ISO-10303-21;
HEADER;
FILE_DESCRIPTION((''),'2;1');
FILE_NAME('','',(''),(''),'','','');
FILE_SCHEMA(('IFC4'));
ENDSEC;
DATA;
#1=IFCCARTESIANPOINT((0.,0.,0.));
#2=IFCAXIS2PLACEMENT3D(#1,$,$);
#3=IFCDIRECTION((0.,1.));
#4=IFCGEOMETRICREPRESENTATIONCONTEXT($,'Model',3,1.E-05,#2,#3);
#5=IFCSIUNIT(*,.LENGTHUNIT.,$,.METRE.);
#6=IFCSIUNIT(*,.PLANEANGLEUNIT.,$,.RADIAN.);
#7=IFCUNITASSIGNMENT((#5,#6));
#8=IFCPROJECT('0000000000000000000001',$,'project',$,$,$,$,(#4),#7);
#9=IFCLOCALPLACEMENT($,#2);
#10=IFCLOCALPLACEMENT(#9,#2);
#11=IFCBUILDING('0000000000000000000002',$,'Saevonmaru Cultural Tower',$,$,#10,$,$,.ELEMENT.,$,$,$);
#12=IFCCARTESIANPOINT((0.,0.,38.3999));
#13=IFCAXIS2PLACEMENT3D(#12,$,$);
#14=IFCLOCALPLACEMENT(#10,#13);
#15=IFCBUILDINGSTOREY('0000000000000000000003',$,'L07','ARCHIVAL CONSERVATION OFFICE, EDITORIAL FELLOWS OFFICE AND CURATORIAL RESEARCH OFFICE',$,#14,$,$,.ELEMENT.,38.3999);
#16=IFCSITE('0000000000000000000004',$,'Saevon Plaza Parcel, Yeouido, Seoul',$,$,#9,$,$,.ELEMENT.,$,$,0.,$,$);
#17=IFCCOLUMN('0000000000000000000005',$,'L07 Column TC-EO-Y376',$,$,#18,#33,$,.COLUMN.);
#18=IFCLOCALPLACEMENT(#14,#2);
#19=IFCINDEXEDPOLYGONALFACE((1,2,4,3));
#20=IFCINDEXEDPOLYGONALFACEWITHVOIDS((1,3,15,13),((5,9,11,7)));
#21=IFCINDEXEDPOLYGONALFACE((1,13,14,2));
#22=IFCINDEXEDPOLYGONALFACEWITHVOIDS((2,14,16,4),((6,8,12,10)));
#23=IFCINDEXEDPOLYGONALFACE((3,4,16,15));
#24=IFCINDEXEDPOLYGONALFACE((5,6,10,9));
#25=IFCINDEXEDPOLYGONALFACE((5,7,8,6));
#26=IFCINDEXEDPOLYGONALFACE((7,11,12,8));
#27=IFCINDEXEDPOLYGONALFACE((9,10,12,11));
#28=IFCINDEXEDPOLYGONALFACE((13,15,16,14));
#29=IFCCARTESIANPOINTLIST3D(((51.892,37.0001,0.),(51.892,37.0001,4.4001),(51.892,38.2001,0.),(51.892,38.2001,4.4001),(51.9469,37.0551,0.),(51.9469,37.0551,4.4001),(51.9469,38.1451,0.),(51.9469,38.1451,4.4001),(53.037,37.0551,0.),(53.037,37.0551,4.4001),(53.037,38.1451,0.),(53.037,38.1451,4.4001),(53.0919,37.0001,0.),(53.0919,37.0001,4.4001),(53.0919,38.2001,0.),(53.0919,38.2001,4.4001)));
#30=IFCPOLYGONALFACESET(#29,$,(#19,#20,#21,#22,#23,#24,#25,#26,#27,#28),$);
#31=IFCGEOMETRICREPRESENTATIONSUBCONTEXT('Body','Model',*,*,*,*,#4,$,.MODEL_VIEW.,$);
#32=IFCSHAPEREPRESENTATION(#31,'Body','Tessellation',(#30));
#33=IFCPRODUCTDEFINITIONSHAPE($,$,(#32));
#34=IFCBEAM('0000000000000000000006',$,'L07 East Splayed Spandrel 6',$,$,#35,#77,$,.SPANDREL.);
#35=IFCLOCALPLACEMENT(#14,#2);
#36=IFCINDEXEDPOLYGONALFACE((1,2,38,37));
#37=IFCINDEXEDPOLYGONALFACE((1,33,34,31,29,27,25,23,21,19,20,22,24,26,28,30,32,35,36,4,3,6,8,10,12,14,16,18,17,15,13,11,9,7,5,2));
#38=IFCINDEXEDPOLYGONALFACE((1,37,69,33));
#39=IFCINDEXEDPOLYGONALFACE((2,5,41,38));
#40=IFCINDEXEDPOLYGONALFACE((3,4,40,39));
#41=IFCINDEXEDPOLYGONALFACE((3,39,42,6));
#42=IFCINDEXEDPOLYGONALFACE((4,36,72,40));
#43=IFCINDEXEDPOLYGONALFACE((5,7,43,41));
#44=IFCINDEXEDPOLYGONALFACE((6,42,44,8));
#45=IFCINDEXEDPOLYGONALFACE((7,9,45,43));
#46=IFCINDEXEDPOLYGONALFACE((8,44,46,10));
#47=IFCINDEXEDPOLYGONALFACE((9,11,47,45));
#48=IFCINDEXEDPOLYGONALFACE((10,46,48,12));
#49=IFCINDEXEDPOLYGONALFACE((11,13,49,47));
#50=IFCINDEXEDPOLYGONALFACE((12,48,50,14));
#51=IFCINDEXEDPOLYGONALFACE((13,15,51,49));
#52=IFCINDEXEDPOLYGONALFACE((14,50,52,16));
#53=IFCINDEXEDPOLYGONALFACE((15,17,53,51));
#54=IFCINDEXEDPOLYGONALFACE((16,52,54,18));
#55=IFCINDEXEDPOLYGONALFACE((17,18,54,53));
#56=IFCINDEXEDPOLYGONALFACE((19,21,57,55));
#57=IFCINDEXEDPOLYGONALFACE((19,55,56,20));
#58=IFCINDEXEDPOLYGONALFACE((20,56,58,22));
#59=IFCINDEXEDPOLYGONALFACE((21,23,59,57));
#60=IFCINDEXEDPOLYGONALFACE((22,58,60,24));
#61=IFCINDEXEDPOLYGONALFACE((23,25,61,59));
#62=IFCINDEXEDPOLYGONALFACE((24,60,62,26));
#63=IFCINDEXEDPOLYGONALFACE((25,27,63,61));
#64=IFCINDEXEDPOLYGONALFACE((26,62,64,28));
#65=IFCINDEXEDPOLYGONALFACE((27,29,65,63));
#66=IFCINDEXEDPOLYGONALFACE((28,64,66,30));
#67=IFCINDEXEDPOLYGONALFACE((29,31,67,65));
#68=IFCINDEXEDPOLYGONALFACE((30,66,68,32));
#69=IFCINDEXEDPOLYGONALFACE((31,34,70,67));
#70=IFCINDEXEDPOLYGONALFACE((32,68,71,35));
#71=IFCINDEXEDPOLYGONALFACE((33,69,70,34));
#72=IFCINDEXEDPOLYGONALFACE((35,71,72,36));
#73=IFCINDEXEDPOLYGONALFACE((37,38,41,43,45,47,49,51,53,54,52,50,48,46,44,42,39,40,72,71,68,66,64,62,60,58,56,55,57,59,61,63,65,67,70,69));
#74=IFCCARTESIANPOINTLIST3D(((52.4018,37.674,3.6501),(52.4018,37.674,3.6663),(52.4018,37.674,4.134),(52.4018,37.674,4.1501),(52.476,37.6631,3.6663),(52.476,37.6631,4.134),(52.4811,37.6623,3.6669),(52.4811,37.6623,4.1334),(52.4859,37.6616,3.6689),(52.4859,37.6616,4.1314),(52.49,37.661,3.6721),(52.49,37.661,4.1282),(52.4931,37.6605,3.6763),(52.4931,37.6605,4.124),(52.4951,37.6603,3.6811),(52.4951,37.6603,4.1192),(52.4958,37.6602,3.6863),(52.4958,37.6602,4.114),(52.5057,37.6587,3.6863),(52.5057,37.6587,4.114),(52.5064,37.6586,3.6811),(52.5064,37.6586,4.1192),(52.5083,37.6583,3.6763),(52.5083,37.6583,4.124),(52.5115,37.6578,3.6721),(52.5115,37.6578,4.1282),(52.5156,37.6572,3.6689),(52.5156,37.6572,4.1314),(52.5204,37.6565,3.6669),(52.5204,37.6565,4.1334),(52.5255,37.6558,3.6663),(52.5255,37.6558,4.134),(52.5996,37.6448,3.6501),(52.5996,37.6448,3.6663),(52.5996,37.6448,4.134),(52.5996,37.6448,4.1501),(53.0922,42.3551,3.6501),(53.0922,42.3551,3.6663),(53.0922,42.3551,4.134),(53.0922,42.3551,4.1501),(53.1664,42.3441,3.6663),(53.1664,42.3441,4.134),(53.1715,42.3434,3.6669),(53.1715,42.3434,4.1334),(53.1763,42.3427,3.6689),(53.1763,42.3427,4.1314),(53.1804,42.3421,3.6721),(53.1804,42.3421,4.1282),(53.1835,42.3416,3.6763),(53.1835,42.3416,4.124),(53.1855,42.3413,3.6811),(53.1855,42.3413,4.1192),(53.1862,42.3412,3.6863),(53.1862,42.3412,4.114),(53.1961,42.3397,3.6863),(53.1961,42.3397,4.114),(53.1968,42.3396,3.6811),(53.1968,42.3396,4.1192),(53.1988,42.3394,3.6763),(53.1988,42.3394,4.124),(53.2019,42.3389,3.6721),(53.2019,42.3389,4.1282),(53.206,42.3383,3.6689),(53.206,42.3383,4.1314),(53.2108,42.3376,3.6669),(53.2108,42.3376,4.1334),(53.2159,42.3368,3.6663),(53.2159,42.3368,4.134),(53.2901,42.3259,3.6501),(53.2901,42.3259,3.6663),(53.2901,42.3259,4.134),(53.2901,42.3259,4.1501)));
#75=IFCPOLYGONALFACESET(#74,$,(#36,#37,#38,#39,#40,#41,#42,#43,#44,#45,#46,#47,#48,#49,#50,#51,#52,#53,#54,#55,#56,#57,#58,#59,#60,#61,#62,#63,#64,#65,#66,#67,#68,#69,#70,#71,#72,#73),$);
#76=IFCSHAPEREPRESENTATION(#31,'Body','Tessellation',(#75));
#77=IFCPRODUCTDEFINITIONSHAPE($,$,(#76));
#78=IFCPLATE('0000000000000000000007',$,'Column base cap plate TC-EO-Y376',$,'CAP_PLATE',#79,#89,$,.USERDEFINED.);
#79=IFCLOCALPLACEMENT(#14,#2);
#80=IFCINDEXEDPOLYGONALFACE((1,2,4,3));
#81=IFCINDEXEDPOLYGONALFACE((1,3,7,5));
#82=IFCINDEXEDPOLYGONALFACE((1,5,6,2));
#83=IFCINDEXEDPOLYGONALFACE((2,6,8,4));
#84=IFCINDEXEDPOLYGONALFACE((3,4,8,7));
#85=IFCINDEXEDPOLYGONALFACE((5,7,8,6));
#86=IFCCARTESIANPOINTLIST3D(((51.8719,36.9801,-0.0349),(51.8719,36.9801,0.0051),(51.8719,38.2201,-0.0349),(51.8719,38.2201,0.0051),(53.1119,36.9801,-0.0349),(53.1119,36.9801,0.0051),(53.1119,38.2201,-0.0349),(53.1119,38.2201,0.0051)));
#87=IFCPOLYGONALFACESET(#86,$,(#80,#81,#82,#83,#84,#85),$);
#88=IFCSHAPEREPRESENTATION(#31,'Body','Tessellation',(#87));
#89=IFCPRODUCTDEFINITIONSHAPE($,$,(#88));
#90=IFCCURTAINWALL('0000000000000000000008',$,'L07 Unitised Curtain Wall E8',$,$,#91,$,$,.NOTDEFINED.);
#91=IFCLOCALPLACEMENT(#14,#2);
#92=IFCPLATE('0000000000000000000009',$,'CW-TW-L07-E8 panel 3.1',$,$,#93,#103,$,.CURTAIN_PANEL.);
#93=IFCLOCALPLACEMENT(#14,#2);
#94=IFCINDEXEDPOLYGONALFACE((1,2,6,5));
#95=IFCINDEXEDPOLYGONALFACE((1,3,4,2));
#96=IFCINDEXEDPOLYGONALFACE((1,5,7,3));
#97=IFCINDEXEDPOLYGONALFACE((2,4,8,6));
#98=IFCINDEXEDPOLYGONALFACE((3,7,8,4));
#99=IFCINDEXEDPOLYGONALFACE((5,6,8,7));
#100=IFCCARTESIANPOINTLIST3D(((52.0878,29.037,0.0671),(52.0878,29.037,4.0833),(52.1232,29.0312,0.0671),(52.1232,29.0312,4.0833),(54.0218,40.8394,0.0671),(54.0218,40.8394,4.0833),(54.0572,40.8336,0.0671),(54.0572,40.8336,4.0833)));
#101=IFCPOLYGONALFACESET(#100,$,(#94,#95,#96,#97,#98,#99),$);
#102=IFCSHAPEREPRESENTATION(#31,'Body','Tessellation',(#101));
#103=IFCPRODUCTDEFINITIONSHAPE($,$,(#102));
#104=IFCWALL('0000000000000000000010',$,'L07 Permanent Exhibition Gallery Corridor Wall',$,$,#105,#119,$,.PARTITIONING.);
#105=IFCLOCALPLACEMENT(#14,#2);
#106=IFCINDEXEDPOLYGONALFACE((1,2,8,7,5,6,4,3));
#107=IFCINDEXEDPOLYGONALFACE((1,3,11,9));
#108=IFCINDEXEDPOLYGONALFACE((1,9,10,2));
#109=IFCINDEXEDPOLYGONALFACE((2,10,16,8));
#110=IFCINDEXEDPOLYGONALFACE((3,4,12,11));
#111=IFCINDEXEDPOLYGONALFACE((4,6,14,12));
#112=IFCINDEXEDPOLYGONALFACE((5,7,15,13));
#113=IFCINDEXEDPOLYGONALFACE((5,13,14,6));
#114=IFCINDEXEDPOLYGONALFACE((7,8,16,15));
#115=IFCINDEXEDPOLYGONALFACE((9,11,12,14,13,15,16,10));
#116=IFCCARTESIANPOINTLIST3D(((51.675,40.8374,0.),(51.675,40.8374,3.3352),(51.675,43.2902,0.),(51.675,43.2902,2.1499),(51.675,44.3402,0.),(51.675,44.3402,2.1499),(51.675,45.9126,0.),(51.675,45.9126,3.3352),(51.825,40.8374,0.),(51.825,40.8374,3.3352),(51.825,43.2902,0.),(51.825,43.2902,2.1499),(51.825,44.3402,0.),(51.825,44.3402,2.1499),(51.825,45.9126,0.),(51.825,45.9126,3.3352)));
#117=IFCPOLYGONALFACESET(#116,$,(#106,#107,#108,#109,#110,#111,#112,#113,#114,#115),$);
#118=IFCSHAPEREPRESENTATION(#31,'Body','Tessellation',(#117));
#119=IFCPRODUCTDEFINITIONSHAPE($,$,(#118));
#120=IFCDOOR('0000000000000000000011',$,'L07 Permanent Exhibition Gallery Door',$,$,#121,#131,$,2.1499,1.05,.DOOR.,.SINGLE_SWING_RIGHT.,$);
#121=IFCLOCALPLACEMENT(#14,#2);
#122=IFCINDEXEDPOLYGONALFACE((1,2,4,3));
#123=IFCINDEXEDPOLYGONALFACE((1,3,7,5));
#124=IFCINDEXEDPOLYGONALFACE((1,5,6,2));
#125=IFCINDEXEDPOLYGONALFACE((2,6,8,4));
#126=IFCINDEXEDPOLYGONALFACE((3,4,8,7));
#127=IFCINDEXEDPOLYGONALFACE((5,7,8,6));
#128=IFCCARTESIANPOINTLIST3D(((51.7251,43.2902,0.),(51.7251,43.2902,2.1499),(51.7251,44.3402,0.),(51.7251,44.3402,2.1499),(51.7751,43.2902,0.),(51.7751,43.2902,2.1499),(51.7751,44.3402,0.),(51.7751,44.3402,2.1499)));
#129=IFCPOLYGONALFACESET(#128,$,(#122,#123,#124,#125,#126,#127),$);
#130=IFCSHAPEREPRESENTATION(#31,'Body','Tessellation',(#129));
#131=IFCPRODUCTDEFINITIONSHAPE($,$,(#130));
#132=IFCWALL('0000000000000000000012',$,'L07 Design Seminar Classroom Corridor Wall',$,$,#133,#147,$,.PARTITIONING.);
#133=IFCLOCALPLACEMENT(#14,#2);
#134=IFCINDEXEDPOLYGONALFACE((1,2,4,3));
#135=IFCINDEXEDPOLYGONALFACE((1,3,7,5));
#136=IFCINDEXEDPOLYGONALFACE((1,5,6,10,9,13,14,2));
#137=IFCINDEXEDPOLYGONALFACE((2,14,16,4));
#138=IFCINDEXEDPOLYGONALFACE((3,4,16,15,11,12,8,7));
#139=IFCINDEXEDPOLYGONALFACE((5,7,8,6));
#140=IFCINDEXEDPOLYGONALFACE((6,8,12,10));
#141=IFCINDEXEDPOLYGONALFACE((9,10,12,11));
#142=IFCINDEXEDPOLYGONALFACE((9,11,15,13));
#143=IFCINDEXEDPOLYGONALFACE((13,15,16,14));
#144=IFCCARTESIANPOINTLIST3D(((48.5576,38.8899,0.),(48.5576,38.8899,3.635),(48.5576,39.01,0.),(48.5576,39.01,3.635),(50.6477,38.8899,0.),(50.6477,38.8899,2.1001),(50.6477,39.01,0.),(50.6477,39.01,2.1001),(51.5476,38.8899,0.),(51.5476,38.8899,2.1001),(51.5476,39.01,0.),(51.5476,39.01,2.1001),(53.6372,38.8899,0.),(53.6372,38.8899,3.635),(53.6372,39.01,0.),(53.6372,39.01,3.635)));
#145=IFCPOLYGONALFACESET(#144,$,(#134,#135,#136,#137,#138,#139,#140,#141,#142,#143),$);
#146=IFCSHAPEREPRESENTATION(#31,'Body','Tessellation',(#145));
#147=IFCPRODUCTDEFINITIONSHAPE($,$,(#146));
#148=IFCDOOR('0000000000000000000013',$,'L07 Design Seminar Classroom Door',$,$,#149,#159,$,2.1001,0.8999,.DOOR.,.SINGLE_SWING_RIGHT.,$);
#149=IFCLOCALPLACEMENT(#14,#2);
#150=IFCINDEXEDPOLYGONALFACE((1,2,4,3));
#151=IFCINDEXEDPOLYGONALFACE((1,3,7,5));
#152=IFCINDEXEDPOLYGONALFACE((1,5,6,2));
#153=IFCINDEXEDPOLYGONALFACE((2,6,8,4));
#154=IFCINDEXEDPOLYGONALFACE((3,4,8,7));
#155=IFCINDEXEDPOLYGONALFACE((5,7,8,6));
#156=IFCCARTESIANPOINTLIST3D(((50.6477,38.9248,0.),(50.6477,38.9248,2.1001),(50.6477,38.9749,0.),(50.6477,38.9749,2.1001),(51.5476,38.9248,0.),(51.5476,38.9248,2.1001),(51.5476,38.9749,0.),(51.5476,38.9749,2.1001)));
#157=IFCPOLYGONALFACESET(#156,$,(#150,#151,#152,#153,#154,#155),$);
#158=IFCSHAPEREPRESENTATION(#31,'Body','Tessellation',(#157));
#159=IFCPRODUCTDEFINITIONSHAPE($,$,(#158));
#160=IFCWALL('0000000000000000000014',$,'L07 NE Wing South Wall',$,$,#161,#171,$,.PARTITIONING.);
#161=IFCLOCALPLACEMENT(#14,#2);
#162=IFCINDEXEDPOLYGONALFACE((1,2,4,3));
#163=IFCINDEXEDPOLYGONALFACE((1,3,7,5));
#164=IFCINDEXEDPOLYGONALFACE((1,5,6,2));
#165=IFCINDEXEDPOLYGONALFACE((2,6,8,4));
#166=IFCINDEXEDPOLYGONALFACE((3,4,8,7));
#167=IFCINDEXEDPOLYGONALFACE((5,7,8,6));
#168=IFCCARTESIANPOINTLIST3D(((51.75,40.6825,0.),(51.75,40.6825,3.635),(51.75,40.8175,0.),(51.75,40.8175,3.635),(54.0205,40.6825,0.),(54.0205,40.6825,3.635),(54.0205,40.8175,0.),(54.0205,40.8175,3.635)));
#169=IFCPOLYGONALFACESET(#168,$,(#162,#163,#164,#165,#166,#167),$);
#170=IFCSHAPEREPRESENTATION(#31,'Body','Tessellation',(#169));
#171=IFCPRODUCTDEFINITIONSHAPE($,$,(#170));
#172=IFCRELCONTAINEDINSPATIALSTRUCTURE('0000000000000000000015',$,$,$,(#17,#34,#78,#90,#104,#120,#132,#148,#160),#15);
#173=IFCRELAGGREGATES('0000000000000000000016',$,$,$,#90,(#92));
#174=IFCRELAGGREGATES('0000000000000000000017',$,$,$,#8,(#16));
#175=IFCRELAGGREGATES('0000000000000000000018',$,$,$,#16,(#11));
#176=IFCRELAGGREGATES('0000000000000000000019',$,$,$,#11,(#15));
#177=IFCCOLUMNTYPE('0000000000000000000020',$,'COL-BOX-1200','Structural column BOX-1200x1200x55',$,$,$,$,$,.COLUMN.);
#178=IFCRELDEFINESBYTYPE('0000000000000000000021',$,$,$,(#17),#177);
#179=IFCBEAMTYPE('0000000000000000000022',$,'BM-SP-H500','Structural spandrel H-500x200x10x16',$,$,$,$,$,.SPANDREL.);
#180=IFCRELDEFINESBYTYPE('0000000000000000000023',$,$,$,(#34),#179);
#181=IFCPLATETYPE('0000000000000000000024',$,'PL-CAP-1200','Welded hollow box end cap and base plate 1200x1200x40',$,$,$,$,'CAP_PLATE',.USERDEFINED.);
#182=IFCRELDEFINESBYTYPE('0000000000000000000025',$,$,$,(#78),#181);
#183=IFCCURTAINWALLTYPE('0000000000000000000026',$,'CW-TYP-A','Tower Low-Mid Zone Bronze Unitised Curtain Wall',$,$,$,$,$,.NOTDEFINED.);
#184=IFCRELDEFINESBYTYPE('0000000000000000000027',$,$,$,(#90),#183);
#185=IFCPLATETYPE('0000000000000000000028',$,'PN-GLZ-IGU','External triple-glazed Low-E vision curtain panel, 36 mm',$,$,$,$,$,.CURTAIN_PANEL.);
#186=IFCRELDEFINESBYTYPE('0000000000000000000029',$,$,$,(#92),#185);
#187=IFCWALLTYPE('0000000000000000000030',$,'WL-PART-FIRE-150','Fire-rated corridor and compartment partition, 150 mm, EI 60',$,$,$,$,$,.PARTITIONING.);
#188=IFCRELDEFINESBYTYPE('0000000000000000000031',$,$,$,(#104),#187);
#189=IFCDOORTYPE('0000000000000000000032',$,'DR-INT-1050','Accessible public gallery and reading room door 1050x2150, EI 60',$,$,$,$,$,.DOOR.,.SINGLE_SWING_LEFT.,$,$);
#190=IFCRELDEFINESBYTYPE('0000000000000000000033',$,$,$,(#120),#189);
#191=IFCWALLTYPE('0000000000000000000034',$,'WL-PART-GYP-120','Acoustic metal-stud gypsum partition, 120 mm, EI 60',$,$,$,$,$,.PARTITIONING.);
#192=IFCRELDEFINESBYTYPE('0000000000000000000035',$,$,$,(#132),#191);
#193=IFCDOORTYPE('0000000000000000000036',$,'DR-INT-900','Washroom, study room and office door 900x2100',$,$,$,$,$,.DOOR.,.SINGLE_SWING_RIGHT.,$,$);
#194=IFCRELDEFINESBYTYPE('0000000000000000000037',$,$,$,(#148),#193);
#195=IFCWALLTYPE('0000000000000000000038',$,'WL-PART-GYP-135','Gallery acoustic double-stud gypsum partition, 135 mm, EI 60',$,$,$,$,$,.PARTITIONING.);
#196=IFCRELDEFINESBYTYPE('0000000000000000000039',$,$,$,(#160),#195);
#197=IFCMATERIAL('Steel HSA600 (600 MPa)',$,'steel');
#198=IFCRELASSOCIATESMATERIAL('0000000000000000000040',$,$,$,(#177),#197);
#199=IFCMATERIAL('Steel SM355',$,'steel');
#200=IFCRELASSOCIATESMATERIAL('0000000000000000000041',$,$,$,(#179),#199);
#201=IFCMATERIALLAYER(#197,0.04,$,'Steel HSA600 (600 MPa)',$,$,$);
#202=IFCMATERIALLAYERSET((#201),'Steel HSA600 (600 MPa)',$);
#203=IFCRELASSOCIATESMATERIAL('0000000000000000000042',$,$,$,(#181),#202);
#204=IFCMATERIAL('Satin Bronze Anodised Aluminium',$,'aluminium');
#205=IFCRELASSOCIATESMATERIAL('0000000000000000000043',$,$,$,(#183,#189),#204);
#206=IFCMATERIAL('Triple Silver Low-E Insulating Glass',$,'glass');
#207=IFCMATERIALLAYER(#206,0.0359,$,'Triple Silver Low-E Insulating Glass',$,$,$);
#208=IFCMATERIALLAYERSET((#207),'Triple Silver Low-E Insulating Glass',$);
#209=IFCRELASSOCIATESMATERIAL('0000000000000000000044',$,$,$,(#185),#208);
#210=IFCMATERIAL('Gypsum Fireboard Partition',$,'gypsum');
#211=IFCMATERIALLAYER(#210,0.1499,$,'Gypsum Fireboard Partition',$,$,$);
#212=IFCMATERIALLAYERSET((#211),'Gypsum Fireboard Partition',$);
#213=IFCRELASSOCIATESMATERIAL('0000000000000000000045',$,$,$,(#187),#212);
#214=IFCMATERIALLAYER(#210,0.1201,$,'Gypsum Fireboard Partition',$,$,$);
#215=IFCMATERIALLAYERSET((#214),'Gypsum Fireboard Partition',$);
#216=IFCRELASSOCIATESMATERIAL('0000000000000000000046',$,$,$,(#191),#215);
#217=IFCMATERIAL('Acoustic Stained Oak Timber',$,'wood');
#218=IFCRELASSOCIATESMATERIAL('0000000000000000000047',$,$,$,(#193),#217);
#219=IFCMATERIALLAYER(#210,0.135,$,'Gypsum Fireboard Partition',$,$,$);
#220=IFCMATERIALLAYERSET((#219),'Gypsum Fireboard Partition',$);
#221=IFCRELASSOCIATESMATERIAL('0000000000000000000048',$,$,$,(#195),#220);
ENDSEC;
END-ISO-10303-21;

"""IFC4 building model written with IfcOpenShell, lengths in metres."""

from ifc_helpers import new_model, si_unit, direction, frame, frame_2d, origin, origin_2d, place, context, subcontext, project, spatial, rectangle, hollow_rectangle, i_section, extrude, material, layer, layer_set, material_profile, profile_set, type_object, element, fill, aggregate, save


model = new_model("IFC4")

# Units and contexts
model_context = context("Model", 3, precision=1e-05, world=origin(), true_north=direction((0.0, 1.0)))
body_context = subcontext(model_context, "Body", "Model", "MODEL_VIEW")
ifc_project = project(units=[si_unit("LENGTHUNIT", "METRE"), si_unit("PLANEANGLEUNIT", "RADIAN")], contexts=[model_context])

# Site, building, storey
site_placement = place(None, origin())
site = spatial("IfcSite", under=ifc_project, at=site_placement, Name="Saevon Plaza Parcel, Yeouido, Seoul", CompositionType="ELEMENT", RefElevation=0.0)
building_placement = place(site_placement, origin())
building = spatial("IfcBuilding", under=site, at=building_placement, Name="Saevonmaru Cultural Tower", CompositionType="ELEMENT")
storey_placement = place(building_placement, frame((0.0, 0.0, 38.3999)))
storey = spatial("IfcBuildingStorey", under=building, at=storey_placement, Name="L07", Description="ARCHIVAL CONSERVATION OFFICE, EDITORIAL FELLOWS OFFICE AND CURATORIAL RESEARCH OFFICE", CompositionType="ELEMENT", Elevation=38.3999)

# Column
ifc_material_1 = material(Name="Steel HSA600 (600 MPa)", Category="steel")
ifc_material_profile_1 = material_profile(ifc_material_1, hollow_rectangle(XDim=1.2, YDim=1.2, WallThickness=0.0549, at=origin_2d()), Name="BOX-1200x1200x55")
ifc_profile_set_1 = profile_set([ifc_material_profile_1], Name="Steel HSA600 (600 MPa)")
column_type = type_object("IfcColumnType", Name="COL-BOX-1200", Description="Structural column BOX-1200x1200x55", PredefinedType="COLUMN", material=ifc_profile_set_1)
column_placement = place(storey_placement, frame((52.4919, 37.6001, 0.0), z_axis=(0.0, 0.0, 1.0), x_axis=(1.0, 0.0, 0.0)))
element("IfcColumn", 1, at=column_placement, inside=storey, type_object=column_type, Name="L07 Column TC-EO-Y376", PredefinedType="COLUMN", context=body_context, shape_type="SweptSolid", body=[
    extrude(hollow_rectangle(XDim=1.2, YDim=1.2, WallThickness=0.0549, at=origin_2d()), origin(), (0.0, 0.0, 1.0), 4.4001),
])

# Beam
ifc_material_2 = material(Name="Steel SM355", Category="steel")
ifc_material_profile_2 = material_profile(ifc_material_2, i_section(OverallWidth=0.2, OverallDepth=0.5, WebThickness=0.01, FlangeThickness=0.0161, FilletRadius=0.02, at=origin_2d()), Name="H-500x200x10x16")
ifc_profile_set_2 = profile_set([ifc_material_profile_2], Name="Steel SM355")
beam_type = type_object("IfcBeamType", Name="BM-SP-H500", Description="Structural spandrel H-500x200x10x16", PredefinedType="SPANDREL", material=ifc_profile_set_2)
beam_placement = place(storey_placement, frame((52.5007, 37.6594, 3.9001), z_axis=(0.145913, 0.989297, 0.0), x_axis=(-0.989297, 0.145913, 0.0)))
element("IfcBeam", 2, at=beam_placement, inside=storey, type_object=beam_type, Name="L07 East Splayed Spandrel 6", PredefinedType="SPANDREL", context=body_context, shape_type="SweptSolid", body=[
    extrude(i_section(OverallWidth=0.2, OverallDepth=0.5, WebThickness=0.01, FlangeThickness=0.0161, FilletRadius=0.02, at=origin_2d()), origin(), (0.0, 0.0, 1.0), 4.7317),
])

# Plate
ifc_layer_1 = layer(ifc_material_1, 0.04, Name="Steel HSA600 (600 MPa)")
ifc_layer_set_1 = layer_set([ifc_layer_1], Name="Steel HSA600 (600 MPa)")
plate_type_1 = type_object("IfcPlateType", Name="PL-CAP-1200", Description="Welded hollow box end cap and base plate 1200x1200x40", ElementType="CAP_PLATE", PredefinedType="USERDEFINED", material=ifc_layer_set_1)
plate_1_placement = place(storey_placement, frame((52.4919, 37.6001, -0.0349), z_axis=(0.0, 0.0, 1.0), x_axis=(1.0, 0.0, 0.0)))
element("IfcPlate", 3, at=plate_1_placement, inside=storey, type_object=plate_type_1, Name="Column base cap plate TC-EO-Y376", ObjectType="CAP_PLATE", PredefinedType="USERDEFINED", context=body_context, shape_type="SweptSolid", body=[
    extrude(rectangle(XDim=1.24, YDim=1.24, at=origin_2d()), origin(), (0.0, 0.0, 1.0), 0.04),
])

# Curtain wall, plate
ifc_material_3 = material(Name="Satin Bronze Anodised Aluminium", Category="aluminium")
curtain_wall_type = type_object("IfcCurtainWallType", Name="CW-TYP-A", Description="Tower Low-Mid Zone Bronze Unitised Curtain Wall", PredefinedType="NOTDEFINED", material=ifc_material_3)
curtain_wall_placement = place(storey_placement, origin())
curtain_wall = element("IfcCurtainWall", 4, at=curtain_wall_placement, inside=storey, type_object=curtain_wall_type, Name="L07 Unitised Curtain Wall E8", PredefinedType="NOTDEFINED")
ifc_material_4 = material(Name="Triple Silver Low-E Insulating Glass", Category="glass")
ifc_layer_2 = layer(ifc_material_4, 0.0359, Name="Triple Silver Low-E Insulating Glass")
ifc_layer_set_2 = layer_set([ifc_layer_2], Name="Triple Silver Low-E Insulating Glass")
plate_type_2 = type_object("IfcPlateType", Name="PN-GLZ-IGU", Description="External triple-glazed Low-E vision curtain panel, 36 mm", PredefinedType="CURTAIN_PANEL", material=ifc_layer_set_2)
plate_2_placement = place(storey_placement, frame((53.0725, 34.9353, 0.0671), z_axis=(0.0, 0.0, 1.0), x_axis=(0.161709, 0.986839, 0.0)))
plate_2 = element("IfcPlate", 5, at=plate_2_placement, type_object=plate_type_2, Name="CW-TW-L07-E8 panel 3.1", PredefinedType="CURTAIN_PANEL", context=body_context, shape_type="SweptSolid", body=[
    extrude(rectangle(XDim=11.9597, YDim=0.0359, at=origin_2d()), origin(), (0.0, 0.0, 1.0), 4.0161),
])
aggregate(curtain_wall, [plate_2])

# Walls, openings, doors
ifc_material_5 = material(Name="Gypsum Fireboard Partition", Category="gypsum")
ifc_layer_3 = layer(ifc_material_5, 0.1499, Name="Gypsum Fireboard Partition")
ifc_layer_set_3 = layer_set([ifc_layer_3], Name="Gypsum Fireboard Partition")
wall_type_1 = type_object("IfcWallType", Name="WL-PART-FIRE-150", Description="Fire-rated corridor and compartment partition, 150 mm, EI 60", PredefinedType="PARTITIONING", material=ifc_layer_set_3)
wall_1_placement = place(storey_placement, frame((51.75, 40.8374, 0.0), z_axis=(0.0, 0.0, 1.0), x_axis=(0.0, 1.0, 0.0)))
wall_1 = element("IfcWall", 6, at=wall_1_placement, inside=storey, type_object=wall_type_1, Name="L07 Permanent Exhibition Gallery Corridor Wall", PredefinedType="PARTITIONING", context=body_context, shape_type="SweptSolid", body=[
    extrude(rectangle(XDim=5.0752, YDim=0.1499, at=frame_2d((2.5376, 0.0))), origin(), (0.0, 0.0, 1.0), 3.3352),
])
opening_1_placement = place(wall_1_placement, frame((2.4529, 0.0, 0.0)))
opening_1 = element("IfcOpeningElement", 7, at=opening_1_placement, cuts=wall_1, PredefinedType="OPENING", context=body_context, shape_type="SweptSolid", body=[
    extrude(rectangle(XDim=1.05, YDim=2.1499, at=frame_2d((0.5249, 1.075))), frame((0.0, 0.085, 0.0), z_axis=(0.0, -1.0, 0.0), x_axis=(1.0, 0.0, 0.0)), (0.0, 0.0, 1.0), 0.1699),
])
door_type_1 = type_object("IfcDoorType", Name="DR-INT-1050", Description="Accessible public gallery and reading room door 1050x2150, EI 60", OperationType="SINGLE_SWING_LEFT", PredefinedType="DOOR", material=ifc_material_3)
door_1_placement = place(opening_1_placement, origin())
door_1 = element("IfcDoor", 8, at=door_1_placement, inside=storey, type_object=door_type_1, Name="L07 Permanent Exhibition Gallery Door", OperationType="SINGLE_SWING_RIGHT", OverallHeight=2.1499, OverallWidth=1.05, PredefinedType="DOOR", context=body_context, shape_type="SweptSolid", body=[
    extrude(rectangle(XDim=1.05, YDim=2.1499, at=frame_2d((0.5249, 1.075))), frame((0.0, 0.0249, 0.0), z_axis=(0.0, -1.0, 0.0), x_axis=(1.0, 0.0, 0.0)), (0.0, 0.0, 1.0), 0.05),
])
fill(opening_1, door_1)
ifc_layer_4 = layer(ifc_material_5, 0.1201, Name="Gypsum Fireboard Partition")
ifc_layer_set_4 = layer_set([ifc_layer_4], Name="Gypsum Fireboard Partition")
wall_type_2 = type_object("IfcWallType", Name="WL-PART-GYP-120", Description="Acoustic metal-stud gypsum partition, 120 mm, EI 60", PredefinedType="PARTITIONING", material=ifc_layer_set_4)
wall_2_placement = place(storey_placement, frame((48.5576, 38.95, 0.0), z_axis=(0.0, 0.0, 1.0), x_axis=(1.0, 0.0, 0.0)))
wall_2 = element("IfcWall", 9, at=wall_2_placement, inside=storey, type_object=wall_type_2, Name="L07 Design Seminar Classroom Corridor Wall", PredefinedType="PARTITIONING", context=body_context, shape_type="SweptSolid", body=[
    extrude(rectangle(XDim=5.0796, YDim=0.1201, at=frame_2d((2.5398, 0.0))), origin(), (0.0, 0.0, 1.0), 3.635),
])
opening_2_placement = place(wall_2_placement, frame((2.0901, 0.0, 0.0)))
opening_2 = element("IfcOpeningElement", 10, at=opening_2_placement, cuts=wall_2, PredefinedType="OPENING", context=body_context, shape_type="SweptSolid", body=[
    extrude(rectangle(XDim=0.8999, YDim=2.1001, at=frame_2d((0.45, 1.05))), frame((0.0, 0.0701, 0.0), z_axis=(0.0, -1.0, 0.0), x_axis=(1.0, 0.0, 0.0)), (0.0, 0.0, 1.0), 0.1401),
])
ifc_material_6 = material(Name="Acoustic Stained Oak Timber", Category="wood")
door_type_2 = type_object("IfcDoorType", Name="DR-INT-900", Description="Washroom, study room and office door 900x2100", OperationType="SINGLE_SWING_RIGHT", PredefinedType="DOOR", material=ifc_material_6)
door_2_placement = place(opening_2_placement, origin())
door_2 = element("IfcDoor", 11, at=door_2_placement, inside=storey, type_object=door_type_2, Name="L07 Design Seminar Classroom Door", OperationType="SINGLE_SWING_RIGHT", OverallHeight=2.1001, OverallWidth=0.8999, PredefinedType="DOOR", context=body_context, shape_type="SweptSolid", body=[
    extrude(rectangle(XDim=0.8999, YDim=2.1001, at=frame_2d((0.45, 1.05))), frame((0.0, 0.0249, 0.0), z_axis=(0.0, -1.0, 0.0), x_axis=(1.0, 0.0, 0.0)), (0.0, 0.0, 1.0), 0.05),
])
fill(opening_2, door_2)

# Wall
ifc_layer_5 = layer(ifc_material_5, 0.135, Name="Gypsum Fireboard Partition")
ifc_layer_set_5 = layer_set([ifc_layer_5], Name="Gypsum Fireboard Partition")
wall_type_3 = type_object("IfcWallType", Name="WL-PART-GYP-135", Description="Gallery acoustic double-stud gypsum partition, 135 mm, EI 60", PredefinedType="PARTITIONING", material=ifc_layer_set_5)
wall_3_placement = place(storey_placement, frame((51.75, 40.75, 0.0), z_axis=(0.0, 0.0, 1.0), x_axis=(1.0, 0.0, 0.0)))
element("IfcWall", 12, at=wall_3_placement, inside=storey, type_object=wall_type_3, Name="L07 NE Wing South Wall", PredefinedType="PARTITIONING", context=body_context, shape_type="SweptSolid", body=[
    extrude(rectangle(XDim=2.2705, YDim=0.135, at=frame_2d((1.1353, 0.0))), origin(), (0.0, 0.0, 1.0), 3.635),
])

save(model, "model.ifc")
